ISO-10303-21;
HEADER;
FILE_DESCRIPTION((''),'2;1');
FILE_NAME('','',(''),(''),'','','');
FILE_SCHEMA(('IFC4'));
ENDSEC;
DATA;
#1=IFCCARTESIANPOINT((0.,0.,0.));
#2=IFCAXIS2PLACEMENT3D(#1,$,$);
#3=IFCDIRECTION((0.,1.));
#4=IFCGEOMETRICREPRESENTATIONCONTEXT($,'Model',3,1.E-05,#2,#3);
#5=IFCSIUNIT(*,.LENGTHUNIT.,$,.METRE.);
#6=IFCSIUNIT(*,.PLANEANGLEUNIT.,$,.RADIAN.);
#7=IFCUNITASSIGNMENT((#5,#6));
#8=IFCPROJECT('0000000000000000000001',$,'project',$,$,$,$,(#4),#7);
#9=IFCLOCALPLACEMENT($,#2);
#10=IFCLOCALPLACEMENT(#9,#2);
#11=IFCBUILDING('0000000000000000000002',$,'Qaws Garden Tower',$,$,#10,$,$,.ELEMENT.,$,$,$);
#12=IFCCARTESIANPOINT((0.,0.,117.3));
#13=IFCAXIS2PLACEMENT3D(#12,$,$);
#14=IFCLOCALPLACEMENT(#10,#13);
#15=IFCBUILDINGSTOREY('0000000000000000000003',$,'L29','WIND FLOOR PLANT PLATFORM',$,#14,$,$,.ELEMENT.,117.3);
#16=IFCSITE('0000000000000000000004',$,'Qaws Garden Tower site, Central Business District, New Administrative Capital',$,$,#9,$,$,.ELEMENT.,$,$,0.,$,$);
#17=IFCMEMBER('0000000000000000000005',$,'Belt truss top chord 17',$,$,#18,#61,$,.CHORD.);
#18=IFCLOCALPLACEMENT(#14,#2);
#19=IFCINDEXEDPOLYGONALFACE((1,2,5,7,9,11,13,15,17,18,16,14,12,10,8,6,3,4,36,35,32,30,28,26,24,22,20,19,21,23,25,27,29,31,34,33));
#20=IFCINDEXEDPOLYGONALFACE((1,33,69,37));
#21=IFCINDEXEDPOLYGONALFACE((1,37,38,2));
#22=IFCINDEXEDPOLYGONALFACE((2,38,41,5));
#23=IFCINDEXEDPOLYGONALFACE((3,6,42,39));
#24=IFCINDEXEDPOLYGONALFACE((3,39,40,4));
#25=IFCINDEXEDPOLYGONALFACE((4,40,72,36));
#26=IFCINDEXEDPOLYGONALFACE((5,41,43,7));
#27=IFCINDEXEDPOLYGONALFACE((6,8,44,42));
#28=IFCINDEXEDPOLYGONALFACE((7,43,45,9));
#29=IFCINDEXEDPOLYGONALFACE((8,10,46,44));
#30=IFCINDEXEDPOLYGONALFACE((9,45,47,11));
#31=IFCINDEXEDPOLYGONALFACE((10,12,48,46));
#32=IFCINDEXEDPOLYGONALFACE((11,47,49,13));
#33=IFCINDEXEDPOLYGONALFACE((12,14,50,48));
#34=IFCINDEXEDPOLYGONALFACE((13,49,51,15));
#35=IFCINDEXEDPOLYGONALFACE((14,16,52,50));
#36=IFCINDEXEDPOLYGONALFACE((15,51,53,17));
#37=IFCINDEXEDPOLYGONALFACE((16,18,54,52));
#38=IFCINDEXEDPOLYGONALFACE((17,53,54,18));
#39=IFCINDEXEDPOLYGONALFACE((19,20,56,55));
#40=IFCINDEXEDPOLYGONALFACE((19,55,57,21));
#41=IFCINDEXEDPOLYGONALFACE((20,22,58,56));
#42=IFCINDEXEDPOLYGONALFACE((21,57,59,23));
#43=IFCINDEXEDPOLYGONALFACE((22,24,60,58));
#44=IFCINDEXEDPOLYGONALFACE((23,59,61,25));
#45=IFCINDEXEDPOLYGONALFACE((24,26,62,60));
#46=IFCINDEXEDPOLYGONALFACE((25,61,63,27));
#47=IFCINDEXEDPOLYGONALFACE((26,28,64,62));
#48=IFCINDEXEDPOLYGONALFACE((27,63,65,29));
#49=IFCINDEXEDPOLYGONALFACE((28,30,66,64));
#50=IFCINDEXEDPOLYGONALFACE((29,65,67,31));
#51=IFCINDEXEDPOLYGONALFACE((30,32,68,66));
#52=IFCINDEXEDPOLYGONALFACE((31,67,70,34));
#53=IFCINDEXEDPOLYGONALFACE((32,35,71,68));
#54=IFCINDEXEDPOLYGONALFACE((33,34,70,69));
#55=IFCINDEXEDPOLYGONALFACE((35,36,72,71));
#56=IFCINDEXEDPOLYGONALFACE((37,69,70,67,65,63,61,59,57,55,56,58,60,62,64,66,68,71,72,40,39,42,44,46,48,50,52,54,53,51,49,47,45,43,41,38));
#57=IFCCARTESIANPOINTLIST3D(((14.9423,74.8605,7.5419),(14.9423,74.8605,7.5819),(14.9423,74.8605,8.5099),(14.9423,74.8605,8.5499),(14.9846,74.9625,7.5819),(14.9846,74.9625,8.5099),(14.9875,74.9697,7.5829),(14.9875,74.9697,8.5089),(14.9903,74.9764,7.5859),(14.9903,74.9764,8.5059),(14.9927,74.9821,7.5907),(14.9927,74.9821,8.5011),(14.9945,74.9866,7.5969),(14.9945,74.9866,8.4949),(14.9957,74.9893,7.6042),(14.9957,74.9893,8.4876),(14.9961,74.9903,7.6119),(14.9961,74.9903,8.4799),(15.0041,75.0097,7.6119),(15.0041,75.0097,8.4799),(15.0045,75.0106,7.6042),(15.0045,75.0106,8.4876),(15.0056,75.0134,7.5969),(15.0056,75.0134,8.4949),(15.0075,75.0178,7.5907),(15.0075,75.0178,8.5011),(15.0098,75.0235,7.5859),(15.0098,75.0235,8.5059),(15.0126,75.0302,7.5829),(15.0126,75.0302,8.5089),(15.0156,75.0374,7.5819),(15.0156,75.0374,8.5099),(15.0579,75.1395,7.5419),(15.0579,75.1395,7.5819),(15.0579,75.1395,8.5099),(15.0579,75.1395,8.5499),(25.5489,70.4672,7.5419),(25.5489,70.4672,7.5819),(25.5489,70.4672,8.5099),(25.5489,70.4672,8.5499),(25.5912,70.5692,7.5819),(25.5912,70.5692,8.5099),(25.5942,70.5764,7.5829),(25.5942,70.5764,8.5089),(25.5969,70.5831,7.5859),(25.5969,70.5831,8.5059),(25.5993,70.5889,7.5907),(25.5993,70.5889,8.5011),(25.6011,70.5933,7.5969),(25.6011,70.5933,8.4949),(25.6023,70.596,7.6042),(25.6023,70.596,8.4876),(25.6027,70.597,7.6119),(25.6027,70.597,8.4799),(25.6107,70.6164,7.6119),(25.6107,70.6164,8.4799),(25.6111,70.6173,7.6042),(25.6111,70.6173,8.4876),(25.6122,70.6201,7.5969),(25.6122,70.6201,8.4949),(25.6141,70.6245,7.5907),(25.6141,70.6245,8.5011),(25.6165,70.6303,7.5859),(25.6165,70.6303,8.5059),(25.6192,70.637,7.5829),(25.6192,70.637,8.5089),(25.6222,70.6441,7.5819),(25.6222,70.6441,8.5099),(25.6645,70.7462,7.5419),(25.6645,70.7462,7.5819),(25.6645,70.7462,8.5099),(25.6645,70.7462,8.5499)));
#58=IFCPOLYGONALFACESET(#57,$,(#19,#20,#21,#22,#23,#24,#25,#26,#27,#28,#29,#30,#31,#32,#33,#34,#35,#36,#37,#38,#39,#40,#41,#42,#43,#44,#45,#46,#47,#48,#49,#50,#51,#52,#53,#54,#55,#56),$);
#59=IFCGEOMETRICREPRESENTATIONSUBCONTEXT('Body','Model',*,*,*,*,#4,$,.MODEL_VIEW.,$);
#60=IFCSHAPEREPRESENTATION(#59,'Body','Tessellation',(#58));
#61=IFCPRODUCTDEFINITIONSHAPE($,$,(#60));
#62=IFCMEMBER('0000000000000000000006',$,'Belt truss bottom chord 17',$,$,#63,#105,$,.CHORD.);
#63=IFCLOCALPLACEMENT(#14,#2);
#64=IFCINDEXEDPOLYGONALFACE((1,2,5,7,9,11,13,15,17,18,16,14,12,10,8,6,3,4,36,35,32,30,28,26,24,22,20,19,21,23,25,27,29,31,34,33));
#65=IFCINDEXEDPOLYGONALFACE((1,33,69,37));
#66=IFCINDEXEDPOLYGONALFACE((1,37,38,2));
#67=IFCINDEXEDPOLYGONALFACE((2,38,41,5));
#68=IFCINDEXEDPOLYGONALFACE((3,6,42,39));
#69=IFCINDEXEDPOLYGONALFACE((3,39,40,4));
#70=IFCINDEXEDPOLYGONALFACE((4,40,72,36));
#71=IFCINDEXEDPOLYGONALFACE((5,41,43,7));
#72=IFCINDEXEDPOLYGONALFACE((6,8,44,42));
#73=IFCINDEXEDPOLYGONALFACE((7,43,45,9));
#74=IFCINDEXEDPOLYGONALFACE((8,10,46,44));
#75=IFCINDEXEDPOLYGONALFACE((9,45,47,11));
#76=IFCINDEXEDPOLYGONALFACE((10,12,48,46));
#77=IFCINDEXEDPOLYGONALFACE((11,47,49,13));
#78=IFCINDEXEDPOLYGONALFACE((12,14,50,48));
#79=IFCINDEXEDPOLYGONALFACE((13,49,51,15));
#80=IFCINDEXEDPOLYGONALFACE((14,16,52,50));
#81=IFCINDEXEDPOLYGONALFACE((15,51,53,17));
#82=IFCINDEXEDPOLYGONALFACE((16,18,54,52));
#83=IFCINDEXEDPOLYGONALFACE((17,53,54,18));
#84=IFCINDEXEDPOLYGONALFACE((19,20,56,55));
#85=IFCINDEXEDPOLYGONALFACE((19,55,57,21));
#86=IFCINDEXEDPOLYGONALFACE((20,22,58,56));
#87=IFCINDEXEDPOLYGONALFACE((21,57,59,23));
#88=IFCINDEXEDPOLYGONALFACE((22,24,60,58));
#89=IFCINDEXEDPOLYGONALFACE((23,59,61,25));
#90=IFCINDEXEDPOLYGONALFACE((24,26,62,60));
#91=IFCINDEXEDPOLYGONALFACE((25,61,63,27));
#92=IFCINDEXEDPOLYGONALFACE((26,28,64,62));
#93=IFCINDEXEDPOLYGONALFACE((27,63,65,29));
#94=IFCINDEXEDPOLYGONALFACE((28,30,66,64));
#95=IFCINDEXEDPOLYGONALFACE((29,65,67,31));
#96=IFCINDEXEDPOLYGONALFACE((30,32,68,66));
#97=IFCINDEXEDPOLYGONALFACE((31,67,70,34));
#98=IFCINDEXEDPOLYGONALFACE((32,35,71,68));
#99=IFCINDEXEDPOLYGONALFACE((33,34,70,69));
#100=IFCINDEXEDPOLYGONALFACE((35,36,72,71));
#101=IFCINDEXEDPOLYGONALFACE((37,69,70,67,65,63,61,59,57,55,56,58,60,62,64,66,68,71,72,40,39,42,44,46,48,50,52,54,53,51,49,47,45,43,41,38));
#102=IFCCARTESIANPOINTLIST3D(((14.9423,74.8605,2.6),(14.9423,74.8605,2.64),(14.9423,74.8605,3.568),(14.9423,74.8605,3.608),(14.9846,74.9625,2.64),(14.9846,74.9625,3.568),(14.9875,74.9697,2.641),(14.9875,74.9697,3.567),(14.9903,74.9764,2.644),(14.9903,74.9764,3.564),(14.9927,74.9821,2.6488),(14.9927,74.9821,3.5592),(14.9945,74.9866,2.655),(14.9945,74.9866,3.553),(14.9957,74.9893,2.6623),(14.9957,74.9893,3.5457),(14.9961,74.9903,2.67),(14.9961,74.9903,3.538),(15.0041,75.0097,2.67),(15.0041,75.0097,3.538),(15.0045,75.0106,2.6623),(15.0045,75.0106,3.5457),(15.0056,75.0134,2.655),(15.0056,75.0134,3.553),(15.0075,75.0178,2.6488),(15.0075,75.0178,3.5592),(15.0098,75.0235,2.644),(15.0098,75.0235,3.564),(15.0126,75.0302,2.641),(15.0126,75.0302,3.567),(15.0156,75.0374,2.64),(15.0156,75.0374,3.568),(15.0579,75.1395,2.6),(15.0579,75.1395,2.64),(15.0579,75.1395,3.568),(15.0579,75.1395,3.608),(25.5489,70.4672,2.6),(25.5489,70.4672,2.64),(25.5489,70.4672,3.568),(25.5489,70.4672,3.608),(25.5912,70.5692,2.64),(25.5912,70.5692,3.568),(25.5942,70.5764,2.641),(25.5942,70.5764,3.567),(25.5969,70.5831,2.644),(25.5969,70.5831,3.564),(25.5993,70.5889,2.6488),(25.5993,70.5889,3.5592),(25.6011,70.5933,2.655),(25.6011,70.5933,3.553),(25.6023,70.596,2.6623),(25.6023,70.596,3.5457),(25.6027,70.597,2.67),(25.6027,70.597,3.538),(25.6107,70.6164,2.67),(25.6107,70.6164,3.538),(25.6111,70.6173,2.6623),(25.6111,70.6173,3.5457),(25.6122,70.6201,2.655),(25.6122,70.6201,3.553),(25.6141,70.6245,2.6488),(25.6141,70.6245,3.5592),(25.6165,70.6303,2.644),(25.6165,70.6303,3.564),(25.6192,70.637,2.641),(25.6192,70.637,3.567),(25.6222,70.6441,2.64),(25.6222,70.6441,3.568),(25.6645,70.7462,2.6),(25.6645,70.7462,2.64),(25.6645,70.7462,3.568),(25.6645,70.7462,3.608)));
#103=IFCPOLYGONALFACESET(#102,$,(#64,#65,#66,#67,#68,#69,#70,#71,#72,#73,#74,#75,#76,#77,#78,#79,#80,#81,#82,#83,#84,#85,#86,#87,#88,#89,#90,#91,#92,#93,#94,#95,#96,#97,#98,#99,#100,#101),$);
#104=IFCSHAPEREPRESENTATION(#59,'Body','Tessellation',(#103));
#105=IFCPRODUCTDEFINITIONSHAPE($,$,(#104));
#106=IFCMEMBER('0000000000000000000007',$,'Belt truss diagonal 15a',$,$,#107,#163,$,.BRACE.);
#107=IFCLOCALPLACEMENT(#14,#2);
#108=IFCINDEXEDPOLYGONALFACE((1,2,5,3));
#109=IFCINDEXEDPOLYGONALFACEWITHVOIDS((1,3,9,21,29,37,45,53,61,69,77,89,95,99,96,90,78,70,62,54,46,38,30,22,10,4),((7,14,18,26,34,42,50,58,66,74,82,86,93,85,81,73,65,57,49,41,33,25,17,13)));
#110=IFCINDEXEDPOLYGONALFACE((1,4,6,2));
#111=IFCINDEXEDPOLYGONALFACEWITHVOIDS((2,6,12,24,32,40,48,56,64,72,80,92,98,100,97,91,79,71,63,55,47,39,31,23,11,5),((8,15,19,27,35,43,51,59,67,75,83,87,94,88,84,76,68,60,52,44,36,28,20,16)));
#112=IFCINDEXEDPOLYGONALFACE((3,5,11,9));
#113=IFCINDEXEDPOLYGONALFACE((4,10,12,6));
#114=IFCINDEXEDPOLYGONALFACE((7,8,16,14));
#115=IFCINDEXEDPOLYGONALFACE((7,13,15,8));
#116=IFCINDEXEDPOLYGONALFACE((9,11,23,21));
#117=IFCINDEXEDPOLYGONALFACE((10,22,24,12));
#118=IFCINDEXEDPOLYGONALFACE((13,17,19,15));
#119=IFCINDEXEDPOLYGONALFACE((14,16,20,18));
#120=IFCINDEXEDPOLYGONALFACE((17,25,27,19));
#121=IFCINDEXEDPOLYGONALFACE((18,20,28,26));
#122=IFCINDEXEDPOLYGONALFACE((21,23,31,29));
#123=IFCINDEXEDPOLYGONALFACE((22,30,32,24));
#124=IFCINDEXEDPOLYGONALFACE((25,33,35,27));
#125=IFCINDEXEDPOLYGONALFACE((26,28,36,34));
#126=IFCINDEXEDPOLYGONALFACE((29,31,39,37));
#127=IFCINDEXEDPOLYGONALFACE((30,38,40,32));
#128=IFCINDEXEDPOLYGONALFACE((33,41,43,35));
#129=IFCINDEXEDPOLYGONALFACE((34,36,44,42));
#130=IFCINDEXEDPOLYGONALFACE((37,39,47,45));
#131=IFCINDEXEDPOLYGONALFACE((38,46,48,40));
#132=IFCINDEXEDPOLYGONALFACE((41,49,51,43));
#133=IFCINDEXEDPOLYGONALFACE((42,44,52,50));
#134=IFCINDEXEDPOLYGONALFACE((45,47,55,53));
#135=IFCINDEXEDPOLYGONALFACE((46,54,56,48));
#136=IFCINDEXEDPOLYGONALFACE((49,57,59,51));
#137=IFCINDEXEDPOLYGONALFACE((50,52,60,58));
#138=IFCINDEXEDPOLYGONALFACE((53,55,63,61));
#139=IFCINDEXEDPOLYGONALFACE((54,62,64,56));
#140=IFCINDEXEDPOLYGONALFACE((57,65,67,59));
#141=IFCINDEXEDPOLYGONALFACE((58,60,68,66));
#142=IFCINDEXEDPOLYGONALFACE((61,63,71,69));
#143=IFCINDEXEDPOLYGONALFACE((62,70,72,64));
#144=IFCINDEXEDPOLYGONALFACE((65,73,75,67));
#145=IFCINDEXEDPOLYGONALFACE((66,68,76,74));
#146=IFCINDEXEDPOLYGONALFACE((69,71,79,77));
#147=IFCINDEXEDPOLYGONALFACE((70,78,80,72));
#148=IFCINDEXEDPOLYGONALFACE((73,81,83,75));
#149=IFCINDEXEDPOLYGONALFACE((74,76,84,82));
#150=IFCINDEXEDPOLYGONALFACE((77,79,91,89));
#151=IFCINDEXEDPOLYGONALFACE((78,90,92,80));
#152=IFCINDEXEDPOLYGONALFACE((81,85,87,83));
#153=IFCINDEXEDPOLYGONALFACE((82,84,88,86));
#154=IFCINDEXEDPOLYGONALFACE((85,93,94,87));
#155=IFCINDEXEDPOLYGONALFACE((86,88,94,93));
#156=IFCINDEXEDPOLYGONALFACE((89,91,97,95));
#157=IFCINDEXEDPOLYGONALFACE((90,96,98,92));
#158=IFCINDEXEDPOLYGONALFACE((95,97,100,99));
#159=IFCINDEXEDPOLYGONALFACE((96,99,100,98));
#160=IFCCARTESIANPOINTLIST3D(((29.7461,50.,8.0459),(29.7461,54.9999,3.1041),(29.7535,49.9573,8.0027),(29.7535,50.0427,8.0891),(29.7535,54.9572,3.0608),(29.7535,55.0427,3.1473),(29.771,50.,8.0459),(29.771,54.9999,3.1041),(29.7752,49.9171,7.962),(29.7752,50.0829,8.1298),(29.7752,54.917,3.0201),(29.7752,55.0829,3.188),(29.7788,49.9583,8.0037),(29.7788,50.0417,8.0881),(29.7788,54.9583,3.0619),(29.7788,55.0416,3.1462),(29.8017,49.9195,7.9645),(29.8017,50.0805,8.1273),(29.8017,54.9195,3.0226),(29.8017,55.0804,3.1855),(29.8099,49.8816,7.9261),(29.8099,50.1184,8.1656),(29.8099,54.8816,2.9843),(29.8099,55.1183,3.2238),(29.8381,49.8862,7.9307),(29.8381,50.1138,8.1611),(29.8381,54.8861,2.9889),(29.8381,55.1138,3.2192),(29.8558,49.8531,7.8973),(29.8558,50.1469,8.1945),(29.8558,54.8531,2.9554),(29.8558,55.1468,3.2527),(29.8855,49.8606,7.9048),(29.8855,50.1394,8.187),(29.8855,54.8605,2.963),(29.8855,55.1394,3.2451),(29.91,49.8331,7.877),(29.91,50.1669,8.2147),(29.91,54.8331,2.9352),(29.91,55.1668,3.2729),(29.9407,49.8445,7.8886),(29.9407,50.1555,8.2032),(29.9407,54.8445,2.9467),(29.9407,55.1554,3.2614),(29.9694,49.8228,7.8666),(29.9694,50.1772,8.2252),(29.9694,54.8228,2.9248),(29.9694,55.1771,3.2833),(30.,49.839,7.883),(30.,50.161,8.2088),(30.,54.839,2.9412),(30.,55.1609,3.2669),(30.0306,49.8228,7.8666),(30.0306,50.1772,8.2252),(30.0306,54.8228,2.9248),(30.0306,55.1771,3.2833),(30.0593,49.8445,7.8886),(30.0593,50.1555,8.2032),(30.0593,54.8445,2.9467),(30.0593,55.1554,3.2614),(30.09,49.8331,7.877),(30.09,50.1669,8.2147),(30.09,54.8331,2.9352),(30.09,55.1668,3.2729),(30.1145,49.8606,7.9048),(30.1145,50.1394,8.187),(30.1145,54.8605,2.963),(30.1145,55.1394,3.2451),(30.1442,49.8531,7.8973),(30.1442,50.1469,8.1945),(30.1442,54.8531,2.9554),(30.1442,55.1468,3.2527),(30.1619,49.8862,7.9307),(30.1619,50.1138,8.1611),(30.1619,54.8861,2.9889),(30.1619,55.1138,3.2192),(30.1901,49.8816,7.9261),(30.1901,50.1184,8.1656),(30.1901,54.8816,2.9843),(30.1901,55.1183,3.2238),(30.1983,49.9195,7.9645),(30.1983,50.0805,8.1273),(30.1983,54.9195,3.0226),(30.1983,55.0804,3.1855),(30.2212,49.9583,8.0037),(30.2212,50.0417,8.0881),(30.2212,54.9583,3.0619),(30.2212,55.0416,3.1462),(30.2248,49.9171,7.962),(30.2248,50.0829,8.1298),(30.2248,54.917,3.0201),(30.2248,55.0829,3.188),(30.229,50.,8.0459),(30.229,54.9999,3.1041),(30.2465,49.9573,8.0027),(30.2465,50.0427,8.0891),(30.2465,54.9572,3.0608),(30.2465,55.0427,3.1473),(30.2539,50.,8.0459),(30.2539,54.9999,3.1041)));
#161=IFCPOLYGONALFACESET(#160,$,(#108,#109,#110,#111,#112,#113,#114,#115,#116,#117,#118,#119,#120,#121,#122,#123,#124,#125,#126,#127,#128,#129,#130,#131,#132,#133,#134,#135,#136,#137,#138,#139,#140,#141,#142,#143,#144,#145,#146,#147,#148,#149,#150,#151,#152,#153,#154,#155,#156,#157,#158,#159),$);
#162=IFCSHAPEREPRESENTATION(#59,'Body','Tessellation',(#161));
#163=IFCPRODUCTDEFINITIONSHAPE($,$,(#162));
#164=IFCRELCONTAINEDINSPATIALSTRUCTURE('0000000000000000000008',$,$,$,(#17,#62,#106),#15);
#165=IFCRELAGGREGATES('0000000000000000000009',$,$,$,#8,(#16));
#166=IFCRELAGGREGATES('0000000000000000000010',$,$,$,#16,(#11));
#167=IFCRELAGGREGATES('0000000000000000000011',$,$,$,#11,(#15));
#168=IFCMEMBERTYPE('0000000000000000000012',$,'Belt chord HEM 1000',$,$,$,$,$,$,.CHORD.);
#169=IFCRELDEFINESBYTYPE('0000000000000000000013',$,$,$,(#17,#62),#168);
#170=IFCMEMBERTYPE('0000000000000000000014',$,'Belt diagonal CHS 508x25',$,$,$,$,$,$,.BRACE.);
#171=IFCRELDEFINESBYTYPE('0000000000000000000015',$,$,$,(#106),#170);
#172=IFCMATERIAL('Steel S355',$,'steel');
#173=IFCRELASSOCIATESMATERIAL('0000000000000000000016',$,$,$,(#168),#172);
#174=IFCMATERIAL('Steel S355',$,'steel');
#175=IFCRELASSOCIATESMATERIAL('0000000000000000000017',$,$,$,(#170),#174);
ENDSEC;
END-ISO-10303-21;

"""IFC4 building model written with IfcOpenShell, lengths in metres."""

from ifc_helpers import new_model, si_unit, direction, frame, origin, origin_2d, place, context, subcontext, project, spatial, hollow_circle, i_section, extrude, material, material_profile, profile_set, type_object, element, save


model = new_model("IFC4")

# Units and contexts
model_context = context("Model", 3, precision=1e-05, world=origin(), true_north=direction((0.0, 1.0)))
body_context = subcontext(model_context, "Body", "Model", "MODEL_VIEW")
ifc_project = project(units=[si_unit("LENGTHUNIT", "METRE"), si_unit("PLANEANGLEUNIT", "RADIAN")], contexts=[model_context])

# Site, building, storey
site_placement = place(None, origin())
site = spatial("IfcSite", under=ifc_project, at=site_placement, Name="Qaws Garden Tower site, Central Business District, New Administrative Capital", CompositionType="ELEMENT", RefElevation=0.0)
building_placement = place(site_placement, origin())
building = spatial("IfcBuilding", under=site, at=building_placement, Name="Qaws Garden Tower", CompositionType="ELEMENT")
storey_placement = place(building_placement, frame((0.0, 0.0, 117.3)))
storey = spatial("IfcBuildingStorey", under=building, at=storey_placement, Name="L29", Description="WIND FLOOR PLANT PLATFORM", CompositionType="ELEMENT", Elevation=117.3)

# Members
ifc_material_1 = material(Name="Steel S355", Category="steel")
ifc_material_profile_1 = material_profile(ifc_material_1, i_section(OverallWidth=0.302, OverallDepth=1.0081, WebThickness=0.021, FlangeThickness=0.04, FilletRadius=0.03, at=origin_2d()), Name="HEM 1000")
ifc_profile_set_1 = profile_set([ifc_material_profile_1], Name="Steel S355")
member_type_1 = type_object("IfcMemberType", Name="Belt chord HEM 1000", PredefinedType="CHORD", material=ifc_profile_set_1)
for number, where, z_axis, x_axis, name in (
    (1, (25.6067, 70.6067, 8.0459), (-0.923883, 0.382674, 0.0), (-0.382674, -0.923883, 0.0), "Belt truss top chord 17"),
    (2, (25.6067, 70.6067, 3.104), (-0.923883, 0.382674, 0.0), (-0.382674, -0.923883, 0.0), "Belt truss bottom chord 17"),
):
    element("IfcMember", number, at=place(storey_placement, frame(where, z_axis=z_axis, x_axis=x_axis)), inside=storey, type_object=member_type_1, Name=name, PredefinedType="CHORD", context=body_context, shape_type="SweptSolid", body=[
        extrude(i_section(OverallWidth=0.302, OverallDepth=1.0081, WebThickness=0.021, FlangeThickness=0.04, FilletRadius=0.03, at=origin_2d()), origin(), (0.0, 0.0, 1.0), 11.4805),
    ])
ifc_material_2 = material(Name="Steel S355", Category="steel")
ifc_material_profile_2 = material_profile(ifc_material_2, hollow_circle(Radius=0.2539, WallThickness=0.0249, at=origin_2d()), Name="CHS 508x25")
ifc_profile_set_2 = profile_set([ifc_material_profile_2], Name="Steel S355")
member_type_2 = type_object("IfcMemberType", Name="Belt diagonal CHS 508x25", PredefinedType="BRACE", material=ifc_profile_set_2)
member_1_placement = place(storey_placement, frame((30.0, 50.0, 8.0459), z_axis=(0.0, 0.711227, -0.702962), x_axis=(-1.0, 0.0, 0.0)))
element("IfcMember", 3, at=member_1_placement, inside=storey, type_object=member_type_2, Name="Belt truss diagonal 15a", PredefinedType="BRACE", context=body_context, shape_type="SweptSolid", body=[
    extrude(hollow_circle(Radius=0.2539, WallThickness=0.0249, at=origin_2d()), origin(), (0.0, 0.0, 1.0), 7.03),
])

save(model, "model.ifc")
